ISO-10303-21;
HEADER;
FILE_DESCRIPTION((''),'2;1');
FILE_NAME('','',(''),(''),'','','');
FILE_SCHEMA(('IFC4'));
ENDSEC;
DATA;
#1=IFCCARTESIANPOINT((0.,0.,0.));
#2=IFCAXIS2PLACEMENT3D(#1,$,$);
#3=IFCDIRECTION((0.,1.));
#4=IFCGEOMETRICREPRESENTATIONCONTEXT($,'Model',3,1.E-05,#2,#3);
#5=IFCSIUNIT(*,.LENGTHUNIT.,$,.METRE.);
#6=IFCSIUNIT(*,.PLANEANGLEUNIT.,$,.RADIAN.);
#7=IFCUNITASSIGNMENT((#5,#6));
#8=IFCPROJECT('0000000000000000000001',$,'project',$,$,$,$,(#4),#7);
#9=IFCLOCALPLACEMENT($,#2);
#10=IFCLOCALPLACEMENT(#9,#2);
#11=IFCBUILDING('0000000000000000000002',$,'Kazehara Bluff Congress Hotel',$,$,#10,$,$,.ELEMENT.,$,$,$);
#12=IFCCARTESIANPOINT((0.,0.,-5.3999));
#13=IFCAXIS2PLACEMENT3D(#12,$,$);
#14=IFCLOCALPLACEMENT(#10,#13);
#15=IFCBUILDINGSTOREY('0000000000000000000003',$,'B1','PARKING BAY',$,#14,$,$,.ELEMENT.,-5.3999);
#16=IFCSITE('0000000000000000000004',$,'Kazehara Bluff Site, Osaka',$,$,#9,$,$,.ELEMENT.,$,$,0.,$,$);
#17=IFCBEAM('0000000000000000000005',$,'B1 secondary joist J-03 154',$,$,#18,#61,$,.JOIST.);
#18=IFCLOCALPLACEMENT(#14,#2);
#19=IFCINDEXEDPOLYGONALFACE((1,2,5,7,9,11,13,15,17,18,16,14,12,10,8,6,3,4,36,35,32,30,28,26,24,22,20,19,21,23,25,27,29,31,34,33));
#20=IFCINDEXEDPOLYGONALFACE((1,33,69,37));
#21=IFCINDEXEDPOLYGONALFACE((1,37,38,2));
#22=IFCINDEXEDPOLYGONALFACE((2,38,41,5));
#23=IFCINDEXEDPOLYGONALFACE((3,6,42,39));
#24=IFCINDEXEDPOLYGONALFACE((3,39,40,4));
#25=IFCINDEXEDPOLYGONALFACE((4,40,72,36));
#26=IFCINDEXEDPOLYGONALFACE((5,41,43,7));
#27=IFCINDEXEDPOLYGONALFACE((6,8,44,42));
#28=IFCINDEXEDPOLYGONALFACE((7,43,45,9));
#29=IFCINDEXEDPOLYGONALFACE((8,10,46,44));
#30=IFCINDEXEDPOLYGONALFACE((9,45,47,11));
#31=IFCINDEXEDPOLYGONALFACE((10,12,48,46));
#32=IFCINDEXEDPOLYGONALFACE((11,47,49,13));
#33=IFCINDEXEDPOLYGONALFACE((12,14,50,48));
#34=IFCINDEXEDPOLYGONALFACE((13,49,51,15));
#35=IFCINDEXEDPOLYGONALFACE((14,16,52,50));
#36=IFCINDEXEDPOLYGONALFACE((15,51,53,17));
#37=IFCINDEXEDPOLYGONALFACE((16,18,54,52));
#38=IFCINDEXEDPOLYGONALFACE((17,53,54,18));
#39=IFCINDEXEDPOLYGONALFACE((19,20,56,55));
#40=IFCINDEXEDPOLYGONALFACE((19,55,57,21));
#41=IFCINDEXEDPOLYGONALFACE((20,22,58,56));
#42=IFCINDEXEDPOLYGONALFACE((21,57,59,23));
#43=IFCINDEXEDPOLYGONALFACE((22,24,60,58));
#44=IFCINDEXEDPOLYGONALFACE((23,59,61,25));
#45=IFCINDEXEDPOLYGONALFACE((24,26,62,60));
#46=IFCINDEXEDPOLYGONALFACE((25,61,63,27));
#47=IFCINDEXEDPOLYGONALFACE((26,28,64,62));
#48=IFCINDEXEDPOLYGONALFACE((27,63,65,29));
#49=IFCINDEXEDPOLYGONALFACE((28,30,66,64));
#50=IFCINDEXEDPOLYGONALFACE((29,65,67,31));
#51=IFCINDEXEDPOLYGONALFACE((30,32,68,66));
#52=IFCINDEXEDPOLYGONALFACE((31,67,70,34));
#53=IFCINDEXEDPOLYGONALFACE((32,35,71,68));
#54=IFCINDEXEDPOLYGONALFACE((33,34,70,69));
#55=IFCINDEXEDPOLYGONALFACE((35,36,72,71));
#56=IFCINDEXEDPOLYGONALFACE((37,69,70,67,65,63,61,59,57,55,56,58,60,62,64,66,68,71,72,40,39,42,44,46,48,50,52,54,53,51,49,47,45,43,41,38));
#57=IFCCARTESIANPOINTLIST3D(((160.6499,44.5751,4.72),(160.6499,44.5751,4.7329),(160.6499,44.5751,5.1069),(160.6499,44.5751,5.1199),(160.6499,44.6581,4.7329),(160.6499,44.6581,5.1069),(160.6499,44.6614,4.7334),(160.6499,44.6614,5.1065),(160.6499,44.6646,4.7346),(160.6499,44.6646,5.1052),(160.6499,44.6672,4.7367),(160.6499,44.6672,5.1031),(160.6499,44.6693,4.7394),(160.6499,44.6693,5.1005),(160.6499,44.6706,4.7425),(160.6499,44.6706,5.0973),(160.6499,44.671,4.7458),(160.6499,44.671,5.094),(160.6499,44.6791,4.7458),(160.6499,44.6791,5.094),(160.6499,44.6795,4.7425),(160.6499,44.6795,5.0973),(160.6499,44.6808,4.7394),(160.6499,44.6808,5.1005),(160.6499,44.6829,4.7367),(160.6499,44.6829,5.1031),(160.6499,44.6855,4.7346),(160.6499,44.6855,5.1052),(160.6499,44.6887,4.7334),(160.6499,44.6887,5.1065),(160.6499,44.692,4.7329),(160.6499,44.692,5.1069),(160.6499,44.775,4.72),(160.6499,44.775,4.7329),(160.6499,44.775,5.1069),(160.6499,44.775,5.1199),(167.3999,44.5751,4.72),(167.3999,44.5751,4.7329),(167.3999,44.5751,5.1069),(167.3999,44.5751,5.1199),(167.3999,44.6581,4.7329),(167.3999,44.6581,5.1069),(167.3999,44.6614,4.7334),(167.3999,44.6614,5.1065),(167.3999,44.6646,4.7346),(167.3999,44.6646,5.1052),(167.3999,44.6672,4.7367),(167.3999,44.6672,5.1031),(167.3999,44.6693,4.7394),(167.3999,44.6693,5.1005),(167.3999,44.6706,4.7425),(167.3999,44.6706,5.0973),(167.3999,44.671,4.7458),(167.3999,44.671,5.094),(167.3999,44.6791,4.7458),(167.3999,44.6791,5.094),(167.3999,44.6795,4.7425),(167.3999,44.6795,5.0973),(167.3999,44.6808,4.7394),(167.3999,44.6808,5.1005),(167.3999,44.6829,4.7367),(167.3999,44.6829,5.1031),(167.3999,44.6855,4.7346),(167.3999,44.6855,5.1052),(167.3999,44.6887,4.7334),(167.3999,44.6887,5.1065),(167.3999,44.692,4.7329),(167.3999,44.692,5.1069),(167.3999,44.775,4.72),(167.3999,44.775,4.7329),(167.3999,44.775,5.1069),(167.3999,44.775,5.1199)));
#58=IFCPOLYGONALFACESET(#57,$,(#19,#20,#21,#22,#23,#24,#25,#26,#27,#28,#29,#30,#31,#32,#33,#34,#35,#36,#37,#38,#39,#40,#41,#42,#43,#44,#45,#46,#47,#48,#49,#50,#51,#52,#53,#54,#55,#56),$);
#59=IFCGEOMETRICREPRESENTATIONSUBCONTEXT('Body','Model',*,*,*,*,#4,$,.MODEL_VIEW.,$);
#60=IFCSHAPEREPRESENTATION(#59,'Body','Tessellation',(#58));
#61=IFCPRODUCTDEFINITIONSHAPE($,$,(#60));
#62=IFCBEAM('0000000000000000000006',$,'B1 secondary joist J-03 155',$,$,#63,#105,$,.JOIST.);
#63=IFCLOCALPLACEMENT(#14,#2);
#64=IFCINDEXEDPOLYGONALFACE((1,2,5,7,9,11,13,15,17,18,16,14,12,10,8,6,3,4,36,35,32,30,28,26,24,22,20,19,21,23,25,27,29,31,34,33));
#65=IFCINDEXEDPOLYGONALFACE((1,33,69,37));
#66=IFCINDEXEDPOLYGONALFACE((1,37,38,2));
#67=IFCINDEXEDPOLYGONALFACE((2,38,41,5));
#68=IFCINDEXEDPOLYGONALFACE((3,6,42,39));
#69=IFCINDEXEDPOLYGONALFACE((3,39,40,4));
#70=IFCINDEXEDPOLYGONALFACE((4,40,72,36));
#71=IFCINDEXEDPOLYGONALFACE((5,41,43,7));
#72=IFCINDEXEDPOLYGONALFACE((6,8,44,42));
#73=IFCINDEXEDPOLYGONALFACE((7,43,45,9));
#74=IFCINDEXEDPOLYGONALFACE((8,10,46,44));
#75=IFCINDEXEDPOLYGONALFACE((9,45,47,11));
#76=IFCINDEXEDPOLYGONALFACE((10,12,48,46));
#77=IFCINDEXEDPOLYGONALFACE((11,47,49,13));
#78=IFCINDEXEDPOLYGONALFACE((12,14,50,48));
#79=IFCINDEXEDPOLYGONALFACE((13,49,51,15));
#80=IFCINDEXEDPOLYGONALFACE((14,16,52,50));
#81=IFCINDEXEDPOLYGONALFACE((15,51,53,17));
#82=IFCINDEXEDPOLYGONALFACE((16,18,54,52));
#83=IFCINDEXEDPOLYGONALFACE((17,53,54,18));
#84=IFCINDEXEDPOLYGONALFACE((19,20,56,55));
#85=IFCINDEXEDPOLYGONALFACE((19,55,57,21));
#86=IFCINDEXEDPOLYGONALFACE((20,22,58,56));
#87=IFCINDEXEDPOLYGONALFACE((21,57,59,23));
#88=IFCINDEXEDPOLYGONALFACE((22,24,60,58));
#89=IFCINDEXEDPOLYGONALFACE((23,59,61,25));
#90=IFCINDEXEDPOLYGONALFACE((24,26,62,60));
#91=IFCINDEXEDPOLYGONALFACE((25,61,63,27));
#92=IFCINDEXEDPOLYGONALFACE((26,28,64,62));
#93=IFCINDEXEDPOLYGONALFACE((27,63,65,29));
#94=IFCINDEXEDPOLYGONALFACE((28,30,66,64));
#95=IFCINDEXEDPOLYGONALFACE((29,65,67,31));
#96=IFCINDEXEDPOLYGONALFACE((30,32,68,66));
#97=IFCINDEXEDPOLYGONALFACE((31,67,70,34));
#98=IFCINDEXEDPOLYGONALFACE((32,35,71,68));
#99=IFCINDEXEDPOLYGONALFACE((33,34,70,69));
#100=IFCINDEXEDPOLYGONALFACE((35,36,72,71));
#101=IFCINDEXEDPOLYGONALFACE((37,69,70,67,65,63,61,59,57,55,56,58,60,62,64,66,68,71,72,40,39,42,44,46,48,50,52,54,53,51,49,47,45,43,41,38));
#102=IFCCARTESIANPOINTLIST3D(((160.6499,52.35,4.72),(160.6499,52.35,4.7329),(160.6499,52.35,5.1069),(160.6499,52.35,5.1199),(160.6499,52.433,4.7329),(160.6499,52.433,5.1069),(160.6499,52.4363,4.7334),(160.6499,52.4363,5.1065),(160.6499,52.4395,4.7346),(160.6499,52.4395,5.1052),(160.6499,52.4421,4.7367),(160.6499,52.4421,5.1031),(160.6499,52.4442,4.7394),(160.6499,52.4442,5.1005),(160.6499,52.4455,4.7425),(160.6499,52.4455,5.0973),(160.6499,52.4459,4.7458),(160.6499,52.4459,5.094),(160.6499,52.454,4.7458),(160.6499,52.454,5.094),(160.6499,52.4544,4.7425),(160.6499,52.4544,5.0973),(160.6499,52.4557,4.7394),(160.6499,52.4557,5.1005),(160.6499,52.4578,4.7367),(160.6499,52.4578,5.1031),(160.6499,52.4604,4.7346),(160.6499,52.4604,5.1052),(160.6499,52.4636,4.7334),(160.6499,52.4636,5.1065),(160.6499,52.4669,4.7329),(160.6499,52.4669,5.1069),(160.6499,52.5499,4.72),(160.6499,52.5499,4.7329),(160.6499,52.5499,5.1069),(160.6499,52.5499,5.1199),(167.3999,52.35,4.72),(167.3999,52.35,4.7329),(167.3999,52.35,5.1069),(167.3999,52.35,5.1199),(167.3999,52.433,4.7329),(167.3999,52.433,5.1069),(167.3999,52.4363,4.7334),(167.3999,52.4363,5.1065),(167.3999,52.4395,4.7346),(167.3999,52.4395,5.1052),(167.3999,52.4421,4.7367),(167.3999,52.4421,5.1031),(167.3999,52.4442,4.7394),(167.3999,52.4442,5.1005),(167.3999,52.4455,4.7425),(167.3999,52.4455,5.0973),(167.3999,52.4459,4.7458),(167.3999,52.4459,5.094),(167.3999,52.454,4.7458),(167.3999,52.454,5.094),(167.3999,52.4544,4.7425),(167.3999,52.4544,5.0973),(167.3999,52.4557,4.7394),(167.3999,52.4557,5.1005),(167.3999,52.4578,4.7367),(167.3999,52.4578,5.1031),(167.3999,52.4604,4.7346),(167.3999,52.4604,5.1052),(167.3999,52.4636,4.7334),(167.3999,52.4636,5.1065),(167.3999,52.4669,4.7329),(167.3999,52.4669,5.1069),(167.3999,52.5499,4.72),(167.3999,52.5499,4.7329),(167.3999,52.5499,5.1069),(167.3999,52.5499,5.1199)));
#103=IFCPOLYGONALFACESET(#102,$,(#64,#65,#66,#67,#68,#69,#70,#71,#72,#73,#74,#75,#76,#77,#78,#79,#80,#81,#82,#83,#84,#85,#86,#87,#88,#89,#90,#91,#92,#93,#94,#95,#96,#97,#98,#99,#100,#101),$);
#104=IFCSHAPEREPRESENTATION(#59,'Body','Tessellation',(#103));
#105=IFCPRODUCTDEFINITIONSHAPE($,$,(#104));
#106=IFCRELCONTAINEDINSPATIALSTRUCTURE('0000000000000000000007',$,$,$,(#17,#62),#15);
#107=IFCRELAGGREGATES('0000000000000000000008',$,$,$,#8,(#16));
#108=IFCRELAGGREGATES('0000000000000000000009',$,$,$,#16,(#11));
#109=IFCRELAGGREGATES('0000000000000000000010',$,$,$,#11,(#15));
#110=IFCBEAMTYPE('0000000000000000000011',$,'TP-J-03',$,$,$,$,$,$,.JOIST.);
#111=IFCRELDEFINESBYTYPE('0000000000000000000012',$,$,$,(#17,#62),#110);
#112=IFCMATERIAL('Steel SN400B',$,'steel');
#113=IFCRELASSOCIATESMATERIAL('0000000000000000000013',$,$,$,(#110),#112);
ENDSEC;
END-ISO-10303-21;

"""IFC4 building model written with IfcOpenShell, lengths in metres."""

from ifc_helpers import new_model, si_unit, direction, frame, origin, origin_2d, place, context, subcontext, project, spatial, i_section, extrude, material, material_profile, profile_set, type_object, element, save


model = new_model("IFC4")

# Units and contexts
model_context = context("Model", 3, precision=1e-05, world=origin(), true_north=direction((0.0, 1.0)))
body_context = subcontext(model_context, "Body", "Model", "MODEL_VIEW")
ifc_project = project(units=[si_unit("LENGTHUNIT", "METRE"), si_unit("PLANEANGLEUNIT", "RADIAN")], contexts=[model_context])

# Site, building, storey
site_placement = place(None, origin())
site = spatial("IfcSite", under=ifc_project, at=site_placement, Name="Kazehara Bluff Site, Osaka", CompositionType="ELEMENT", RefElevation=0.0)
building_placement = place(site_placement, origin())
building = spatial("IfcBuilding", under=site, at=building_placement, Name="Kazehara Bluff Congress Hotel", CompositionType="ELEMENT")
storey_placement = place(building_placement, frame((0.0, 0.0, -5.3999)))
storey = spatial("IfcBuildingStorey", under=building, at=storey_placement, Name="B1", Description="PARKING BAY", CompositionType="ELEMENT", Elevation=-5.3999)

# Beams
ifc_material_1 = material(Name="Steel SN400B", Category="steel")
ifc_material_profile_1 = material_profile(ifc_material_1, i_section(OverallWidth=0.2, OverallDepth=0.3999, WebThickness=0.0081, FlangeThickness=0.0129, FilletRadius=0.0129, at=origin_2d()))
ifc_profile_set_1 = profile_set([ifc_material_profile_1], Name="Steel SN400B")
beam_type_1 = type_object("IfcBeamType", Name="TP-J-03", PredefinedType="JOIST", material=ifc_profile_set_1)
for number, where, z_axis, x_axis, name in (
    (1, (160.6499, 44.675, 4.9199), (1.0, 0.0, 0.0), (0.0, 1.0, 0.0), "B1 secondary joist J-03 154"),
    (2, (160.6499, 52.45, 4.9199), (1.0, 0.0, 0.0), (0.0, 1.0, 0.0), "B1 secondary joist J-03 155"),
):
    element("IfcBeam", number, at=place(storey_placement, frame(where, z_axis=z_axis, x_axis=x_axis)), inside=storey, type_object=beam_type_1, Name=name, PredefinedType="JOIST", context=body_context, shape_type="SweptSolid", body=[
        extrude(i_section(OverallWidth=0.2, OverallDepth=0.3999, WebThickness=0.0081, FlangeThickness=0.0129, FilletRadius=0.0129, at=origin_2d()), origin(), (0.0, 0.0, 1.0), 6.75),
    ])

save(model, "model.ifc")
